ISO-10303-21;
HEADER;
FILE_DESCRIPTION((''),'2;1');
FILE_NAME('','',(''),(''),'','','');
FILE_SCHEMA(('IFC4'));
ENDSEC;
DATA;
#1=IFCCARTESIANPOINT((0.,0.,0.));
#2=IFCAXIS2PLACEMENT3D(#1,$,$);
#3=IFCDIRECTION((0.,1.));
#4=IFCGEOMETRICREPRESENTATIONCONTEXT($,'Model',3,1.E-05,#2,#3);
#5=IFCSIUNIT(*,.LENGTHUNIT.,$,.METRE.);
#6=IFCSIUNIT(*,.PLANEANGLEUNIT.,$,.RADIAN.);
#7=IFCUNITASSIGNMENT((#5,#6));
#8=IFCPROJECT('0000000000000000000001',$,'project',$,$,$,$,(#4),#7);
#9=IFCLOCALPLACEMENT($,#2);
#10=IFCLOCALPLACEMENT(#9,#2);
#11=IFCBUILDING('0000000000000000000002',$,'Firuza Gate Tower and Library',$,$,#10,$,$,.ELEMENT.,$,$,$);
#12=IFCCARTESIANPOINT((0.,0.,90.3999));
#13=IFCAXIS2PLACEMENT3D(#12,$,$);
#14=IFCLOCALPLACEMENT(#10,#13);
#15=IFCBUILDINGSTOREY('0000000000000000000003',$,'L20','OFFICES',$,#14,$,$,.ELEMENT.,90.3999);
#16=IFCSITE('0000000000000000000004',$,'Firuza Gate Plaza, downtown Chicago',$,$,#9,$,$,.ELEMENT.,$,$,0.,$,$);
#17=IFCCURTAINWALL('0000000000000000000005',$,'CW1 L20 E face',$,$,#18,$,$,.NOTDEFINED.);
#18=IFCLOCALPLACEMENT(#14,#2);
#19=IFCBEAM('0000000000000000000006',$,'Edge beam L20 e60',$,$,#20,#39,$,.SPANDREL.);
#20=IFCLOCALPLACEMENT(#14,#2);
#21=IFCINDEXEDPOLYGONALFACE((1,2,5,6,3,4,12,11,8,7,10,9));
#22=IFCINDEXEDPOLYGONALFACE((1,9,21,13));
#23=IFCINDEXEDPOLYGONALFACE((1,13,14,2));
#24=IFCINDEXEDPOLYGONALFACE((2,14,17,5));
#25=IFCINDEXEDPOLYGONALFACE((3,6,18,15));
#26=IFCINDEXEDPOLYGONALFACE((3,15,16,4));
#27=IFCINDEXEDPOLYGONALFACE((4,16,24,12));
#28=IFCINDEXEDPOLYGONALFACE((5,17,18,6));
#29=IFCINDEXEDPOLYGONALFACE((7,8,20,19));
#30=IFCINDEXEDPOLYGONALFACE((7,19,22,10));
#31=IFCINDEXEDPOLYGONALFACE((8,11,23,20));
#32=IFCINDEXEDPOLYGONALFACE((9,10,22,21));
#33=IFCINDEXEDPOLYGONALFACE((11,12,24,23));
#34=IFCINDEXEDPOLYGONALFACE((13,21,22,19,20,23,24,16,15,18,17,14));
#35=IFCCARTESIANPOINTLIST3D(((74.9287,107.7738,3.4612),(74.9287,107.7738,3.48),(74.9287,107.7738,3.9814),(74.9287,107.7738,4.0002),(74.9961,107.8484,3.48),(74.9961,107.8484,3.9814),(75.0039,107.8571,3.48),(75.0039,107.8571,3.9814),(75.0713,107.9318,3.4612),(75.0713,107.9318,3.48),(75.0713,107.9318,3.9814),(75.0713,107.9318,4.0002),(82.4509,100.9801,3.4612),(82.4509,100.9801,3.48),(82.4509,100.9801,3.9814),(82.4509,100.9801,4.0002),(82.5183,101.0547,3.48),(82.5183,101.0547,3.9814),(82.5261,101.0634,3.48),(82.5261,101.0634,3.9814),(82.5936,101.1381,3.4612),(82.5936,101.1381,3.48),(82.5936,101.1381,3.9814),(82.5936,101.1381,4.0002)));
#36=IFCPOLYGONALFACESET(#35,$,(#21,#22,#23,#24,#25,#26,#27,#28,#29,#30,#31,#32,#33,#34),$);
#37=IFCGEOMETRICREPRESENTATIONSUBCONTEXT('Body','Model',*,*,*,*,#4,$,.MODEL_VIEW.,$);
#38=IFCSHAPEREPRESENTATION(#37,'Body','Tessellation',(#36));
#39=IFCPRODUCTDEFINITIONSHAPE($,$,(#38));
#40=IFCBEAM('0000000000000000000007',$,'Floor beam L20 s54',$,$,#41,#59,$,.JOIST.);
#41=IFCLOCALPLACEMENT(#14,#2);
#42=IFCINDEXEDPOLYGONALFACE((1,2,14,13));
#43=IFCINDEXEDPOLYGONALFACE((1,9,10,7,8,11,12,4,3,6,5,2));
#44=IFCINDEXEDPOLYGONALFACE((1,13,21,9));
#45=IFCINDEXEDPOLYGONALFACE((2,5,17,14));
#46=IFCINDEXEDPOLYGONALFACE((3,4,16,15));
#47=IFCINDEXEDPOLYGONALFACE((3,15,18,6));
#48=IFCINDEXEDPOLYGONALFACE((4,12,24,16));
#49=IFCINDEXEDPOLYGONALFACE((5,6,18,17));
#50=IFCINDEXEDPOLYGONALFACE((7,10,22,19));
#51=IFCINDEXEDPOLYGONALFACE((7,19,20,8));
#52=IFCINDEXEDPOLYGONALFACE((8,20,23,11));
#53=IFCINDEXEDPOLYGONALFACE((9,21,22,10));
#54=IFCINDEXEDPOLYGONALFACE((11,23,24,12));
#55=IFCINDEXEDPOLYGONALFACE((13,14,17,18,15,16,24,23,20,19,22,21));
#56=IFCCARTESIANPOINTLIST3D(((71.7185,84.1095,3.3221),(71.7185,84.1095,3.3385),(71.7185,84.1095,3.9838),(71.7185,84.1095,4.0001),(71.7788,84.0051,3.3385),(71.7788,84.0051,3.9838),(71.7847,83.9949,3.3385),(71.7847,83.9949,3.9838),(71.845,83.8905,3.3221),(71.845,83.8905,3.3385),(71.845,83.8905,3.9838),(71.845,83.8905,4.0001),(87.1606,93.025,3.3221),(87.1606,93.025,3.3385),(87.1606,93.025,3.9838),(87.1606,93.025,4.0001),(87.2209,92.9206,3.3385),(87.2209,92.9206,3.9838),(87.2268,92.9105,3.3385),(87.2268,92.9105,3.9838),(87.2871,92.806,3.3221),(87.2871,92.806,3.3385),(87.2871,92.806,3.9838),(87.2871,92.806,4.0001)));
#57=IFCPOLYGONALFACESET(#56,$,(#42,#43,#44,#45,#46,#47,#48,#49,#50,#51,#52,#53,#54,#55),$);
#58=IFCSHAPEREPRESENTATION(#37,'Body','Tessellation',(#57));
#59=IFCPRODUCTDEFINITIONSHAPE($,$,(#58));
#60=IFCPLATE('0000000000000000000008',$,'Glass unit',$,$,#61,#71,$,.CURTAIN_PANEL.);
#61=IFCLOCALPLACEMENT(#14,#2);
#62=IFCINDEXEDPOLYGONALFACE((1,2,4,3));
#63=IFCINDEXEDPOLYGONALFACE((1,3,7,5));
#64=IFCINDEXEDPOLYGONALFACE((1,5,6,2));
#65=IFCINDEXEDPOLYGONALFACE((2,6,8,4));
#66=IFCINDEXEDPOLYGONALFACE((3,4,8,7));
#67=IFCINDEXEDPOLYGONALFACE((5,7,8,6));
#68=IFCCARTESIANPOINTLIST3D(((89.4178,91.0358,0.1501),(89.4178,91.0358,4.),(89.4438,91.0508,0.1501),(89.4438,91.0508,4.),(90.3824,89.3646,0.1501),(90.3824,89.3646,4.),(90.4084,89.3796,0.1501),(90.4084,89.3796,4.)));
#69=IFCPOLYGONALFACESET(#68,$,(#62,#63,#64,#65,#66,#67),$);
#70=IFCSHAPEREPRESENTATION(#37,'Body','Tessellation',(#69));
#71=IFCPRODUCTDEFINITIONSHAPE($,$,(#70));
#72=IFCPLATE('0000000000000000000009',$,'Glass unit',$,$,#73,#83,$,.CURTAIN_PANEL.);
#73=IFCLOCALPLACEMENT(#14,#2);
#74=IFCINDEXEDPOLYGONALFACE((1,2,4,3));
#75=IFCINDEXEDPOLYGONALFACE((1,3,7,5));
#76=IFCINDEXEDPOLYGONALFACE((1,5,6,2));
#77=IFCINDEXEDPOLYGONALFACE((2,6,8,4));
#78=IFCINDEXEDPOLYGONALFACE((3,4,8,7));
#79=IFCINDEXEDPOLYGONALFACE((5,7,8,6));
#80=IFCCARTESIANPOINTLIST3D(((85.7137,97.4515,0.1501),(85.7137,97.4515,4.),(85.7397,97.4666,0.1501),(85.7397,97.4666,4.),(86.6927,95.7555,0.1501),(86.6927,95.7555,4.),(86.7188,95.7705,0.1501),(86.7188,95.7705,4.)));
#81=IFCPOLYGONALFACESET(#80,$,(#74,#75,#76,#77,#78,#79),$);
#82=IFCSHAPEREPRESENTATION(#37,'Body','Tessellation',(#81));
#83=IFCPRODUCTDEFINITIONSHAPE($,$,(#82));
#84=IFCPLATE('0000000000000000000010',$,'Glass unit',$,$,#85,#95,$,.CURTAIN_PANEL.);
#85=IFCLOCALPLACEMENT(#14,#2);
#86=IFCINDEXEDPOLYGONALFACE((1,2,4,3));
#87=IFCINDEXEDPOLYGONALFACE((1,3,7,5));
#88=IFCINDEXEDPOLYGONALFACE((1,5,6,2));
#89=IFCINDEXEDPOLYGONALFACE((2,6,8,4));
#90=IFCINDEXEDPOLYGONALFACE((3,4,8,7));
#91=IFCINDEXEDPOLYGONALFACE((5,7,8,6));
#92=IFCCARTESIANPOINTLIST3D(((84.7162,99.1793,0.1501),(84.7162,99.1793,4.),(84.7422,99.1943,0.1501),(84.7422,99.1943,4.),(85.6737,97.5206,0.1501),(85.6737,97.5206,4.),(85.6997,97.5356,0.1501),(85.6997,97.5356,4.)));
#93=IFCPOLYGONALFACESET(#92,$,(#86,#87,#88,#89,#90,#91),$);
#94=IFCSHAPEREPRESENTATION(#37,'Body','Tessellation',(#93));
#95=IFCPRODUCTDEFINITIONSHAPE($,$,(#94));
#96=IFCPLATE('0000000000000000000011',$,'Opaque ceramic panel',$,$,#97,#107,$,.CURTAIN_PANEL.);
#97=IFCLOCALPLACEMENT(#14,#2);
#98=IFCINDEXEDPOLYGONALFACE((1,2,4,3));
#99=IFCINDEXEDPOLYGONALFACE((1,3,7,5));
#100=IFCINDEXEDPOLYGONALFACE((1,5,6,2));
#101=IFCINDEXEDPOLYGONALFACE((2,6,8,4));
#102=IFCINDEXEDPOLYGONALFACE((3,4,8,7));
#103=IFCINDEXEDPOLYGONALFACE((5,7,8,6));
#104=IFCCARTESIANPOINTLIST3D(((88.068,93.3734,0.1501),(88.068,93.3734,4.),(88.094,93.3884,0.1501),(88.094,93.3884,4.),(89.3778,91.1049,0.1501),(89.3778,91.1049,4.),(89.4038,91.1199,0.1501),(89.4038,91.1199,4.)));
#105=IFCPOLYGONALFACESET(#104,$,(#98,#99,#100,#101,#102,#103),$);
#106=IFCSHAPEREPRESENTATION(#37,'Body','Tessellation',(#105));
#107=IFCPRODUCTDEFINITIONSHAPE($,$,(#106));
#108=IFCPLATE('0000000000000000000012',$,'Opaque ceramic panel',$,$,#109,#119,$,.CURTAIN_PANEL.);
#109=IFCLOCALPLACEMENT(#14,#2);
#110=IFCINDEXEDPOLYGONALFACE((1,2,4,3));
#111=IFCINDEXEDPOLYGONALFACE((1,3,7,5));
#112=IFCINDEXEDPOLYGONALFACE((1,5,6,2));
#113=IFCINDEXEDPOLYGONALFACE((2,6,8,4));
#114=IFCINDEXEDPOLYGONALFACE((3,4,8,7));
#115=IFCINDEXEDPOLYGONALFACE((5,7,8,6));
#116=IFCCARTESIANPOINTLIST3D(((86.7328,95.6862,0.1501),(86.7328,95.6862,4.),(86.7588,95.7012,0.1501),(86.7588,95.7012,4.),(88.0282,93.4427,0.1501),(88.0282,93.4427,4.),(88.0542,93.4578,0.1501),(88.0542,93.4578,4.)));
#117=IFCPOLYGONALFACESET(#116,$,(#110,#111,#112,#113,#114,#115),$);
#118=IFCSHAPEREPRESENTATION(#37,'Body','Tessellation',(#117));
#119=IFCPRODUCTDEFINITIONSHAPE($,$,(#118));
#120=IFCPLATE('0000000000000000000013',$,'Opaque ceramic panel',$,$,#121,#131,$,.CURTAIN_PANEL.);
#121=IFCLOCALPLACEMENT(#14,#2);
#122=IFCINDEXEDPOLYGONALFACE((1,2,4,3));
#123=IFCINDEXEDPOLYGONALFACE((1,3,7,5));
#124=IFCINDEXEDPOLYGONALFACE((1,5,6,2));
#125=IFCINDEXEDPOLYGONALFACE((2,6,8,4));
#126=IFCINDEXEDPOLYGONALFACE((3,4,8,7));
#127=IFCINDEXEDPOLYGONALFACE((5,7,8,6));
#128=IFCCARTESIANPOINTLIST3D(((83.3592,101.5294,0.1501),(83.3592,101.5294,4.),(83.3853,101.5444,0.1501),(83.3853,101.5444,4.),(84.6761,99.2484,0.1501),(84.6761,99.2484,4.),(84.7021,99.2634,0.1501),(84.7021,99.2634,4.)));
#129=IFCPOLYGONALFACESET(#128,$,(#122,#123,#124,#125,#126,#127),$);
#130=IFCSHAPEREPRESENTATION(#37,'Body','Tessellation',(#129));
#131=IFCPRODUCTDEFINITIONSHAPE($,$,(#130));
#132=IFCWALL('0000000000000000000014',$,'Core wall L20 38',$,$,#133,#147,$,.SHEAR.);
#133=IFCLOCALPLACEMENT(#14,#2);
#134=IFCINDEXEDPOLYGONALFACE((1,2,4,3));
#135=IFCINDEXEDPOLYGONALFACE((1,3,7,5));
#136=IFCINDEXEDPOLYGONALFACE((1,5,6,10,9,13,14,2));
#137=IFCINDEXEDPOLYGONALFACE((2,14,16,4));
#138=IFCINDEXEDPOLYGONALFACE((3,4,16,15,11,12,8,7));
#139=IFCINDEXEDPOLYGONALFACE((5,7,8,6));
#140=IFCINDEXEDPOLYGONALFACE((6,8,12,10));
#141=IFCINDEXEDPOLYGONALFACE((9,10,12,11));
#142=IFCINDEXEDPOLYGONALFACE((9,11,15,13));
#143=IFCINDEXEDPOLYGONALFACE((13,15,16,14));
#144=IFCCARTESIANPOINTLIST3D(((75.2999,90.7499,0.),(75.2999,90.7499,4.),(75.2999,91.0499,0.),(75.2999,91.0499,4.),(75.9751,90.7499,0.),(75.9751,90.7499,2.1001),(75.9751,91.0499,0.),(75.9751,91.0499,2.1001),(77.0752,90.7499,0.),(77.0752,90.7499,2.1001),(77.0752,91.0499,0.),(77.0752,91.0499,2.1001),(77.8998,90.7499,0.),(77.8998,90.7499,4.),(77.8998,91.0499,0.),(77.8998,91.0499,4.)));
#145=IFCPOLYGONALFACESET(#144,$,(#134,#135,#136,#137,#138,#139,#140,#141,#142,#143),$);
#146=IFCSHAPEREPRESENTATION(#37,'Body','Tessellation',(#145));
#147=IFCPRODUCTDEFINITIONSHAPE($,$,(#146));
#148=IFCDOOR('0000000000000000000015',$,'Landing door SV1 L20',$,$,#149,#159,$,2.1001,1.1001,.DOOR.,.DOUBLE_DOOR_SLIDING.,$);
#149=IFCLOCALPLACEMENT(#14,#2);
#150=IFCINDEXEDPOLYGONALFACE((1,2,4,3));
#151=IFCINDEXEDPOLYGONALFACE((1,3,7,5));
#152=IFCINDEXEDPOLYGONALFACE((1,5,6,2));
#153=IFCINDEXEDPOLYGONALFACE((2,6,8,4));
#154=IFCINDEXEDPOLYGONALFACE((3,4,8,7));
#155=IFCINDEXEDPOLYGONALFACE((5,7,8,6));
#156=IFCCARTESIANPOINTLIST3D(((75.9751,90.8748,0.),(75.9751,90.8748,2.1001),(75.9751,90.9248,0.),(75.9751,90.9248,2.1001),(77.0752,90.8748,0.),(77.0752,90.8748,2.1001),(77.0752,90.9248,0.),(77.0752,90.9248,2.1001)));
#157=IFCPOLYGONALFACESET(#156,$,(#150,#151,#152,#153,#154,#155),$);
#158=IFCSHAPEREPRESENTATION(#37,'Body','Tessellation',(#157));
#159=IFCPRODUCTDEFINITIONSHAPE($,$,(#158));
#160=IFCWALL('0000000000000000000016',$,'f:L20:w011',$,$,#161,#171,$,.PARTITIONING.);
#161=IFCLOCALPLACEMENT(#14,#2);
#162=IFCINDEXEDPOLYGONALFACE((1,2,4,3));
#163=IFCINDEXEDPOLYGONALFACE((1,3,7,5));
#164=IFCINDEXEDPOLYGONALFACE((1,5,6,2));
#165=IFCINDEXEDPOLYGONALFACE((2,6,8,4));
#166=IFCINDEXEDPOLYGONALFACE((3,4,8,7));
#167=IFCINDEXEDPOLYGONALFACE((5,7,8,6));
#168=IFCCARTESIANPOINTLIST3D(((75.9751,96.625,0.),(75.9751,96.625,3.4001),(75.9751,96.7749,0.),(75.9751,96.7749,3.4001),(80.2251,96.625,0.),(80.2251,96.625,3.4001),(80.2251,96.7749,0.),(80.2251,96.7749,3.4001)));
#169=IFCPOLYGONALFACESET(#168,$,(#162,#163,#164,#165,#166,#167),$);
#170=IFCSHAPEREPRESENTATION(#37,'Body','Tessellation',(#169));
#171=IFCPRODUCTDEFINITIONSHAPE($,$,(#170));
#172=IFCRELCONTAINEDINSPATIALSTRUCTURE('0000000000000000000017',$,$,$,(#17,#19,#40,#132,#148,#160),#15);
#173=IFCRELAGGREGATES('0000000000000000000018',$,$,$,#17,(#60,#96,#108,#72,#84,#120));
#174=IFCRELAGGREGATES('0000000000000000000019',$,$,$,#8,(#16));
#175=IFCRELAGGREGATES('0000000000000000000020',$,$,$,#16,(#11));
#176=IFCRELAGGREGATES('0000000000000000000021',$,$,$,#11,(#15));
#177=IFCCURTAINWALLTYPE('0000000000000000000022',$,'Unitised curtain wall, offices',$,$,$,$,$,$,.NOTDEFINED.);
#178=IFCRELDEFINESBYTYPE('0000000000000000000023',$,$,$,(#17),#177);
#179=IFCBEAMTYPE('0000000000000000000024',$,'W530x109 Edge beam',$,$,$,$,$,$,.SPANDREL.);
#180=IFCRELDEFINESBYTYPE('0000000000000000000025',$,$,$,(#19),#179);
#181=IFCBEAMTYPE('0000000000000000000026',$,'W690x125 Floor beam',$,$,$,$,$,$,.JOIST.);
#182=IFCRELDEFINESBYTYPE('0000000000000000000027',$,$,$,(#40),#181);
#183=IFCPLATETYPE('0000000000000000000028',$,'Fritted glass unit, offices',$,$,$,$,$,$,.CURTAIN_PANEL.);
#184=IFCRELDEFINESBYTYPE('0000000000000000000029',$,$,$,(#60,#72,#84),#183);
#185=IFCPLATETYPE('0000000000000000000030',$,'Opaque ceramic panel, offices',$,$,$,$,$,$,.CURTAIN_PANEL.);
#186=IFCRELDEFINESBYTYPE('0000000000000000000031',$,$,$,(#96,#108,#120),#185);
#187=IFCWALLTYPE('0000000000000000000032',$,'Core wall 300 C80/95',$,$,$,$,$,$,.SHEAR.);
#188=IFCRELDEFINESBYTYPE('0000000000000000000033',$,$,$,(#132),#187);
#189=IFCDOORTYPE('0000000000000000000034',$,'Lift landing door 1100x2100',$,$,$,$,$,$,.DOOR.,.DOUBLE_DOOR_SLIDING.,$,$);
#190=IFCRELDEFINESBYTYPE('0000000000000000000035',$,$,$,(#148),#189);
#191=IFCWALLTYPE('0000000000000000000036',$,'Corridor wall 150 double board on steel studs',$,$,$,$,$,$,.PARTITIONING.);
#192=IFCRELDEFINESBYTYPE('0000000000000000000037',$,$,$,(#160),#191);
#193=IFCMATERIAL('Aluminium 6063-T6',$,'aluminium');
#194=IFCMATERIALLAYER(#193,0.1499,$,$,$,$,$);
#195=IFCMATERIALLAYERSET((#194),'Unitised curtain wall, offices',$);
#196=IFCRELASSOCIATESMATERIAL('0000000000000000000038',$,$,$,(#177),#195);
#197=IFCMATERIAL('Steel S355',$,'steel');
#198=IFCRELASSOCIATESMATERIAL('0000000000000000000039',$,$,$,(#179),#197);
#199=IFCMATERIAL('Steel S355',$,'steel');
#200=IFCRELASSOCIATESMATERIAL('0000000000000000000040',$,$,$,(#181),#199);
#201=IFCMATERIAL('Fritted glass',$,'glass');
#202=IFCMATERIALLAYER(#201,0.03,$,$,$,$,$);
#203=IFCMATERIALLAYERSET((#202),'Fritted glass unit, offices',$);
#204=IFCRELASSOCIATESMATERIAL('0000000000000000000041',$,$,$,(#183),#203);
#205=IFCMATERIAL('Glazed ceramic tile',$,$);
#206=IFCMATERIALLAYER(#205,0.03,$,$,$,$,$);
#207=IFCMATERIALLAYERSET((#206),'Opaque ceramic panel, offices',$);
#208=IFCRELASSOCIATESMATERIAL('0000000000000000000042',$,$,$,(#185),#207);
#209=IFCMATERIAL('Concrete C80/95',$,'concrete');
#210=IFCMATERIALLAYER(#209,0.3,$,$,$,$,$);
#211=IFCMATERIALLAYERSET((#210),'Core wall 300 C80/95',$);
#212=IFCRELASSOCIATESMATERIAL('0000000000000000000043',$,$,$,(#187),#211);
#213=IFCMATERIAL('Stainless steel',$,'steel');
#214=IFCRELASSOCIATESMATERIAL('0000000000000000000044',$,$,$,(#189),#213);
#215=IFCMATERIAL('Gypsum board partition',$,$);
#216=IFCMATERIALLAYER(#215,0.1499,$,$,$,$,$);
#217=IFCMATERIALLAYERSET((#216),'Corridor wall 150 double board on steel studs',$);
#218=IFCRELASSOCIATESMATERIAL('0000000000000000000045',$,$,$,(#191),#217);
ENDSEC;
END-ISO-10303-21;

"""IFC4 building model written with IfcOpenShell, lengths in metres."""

from ifc_helpers import new_model, si_unit, direction, frame, frame_2d, origin, origin_2d, place, context, subcontext, project, spatial, polyline, rectangle, i_section, outline, extrude, material, layer, layer_set, material_profile, profile_set, type_object, element, fill, aggregate, save


model = new_model("IFC4")

# Units and contexts
model_context = context("Model", 3, precision=1e-05, world=origin(), true_north=direction((0.0, 1.0)))
body_context = subcontext(model_context, "Body", "Model", "MODEL_VIEW")
ifc_project = project(units=[si_unit("LENGTHUNIT", "METRE"), si_unit("PLANEANGLEUNIT", "RADIAN")], contexts=[model_context])

# Site, building, storey
site_placement = place(None, origin())
site = spatial("IfcSite", under=ifc_project, at=site_placement, Name="Firuza Gate Plaza, downtown Chicago", CompositionType="ELEMENT", RefElevation=0.0)
building_placement = place(site_placement, origin())
building = spatial("IfcBuilding", under=site, at=building_placement, Name="Firuza Gate Tower and Library", CompositionType="ELEMENT")
storey_placement = place(building_placement, frame((0.0, 0.0, 90.3999)))
storey = spatial("IfcBuildingStorey", under=building, at=storey_placement, Name="L20", Description="OFFICES", CompositionType="ELEMENT", Elevation=90.3999)

# Curtain wall
ifc_material_1 = material(Name="Aluminium 6063-T6", Category="aluminium")
ifc_layer_1 = layer(ifc_material_1, 0.1499)
ifc_layer_set_1 = layer_set([ifc_layer_1], Name="Unitised curtain wall, offices")
curtain_wall_type = type_object("IfcCurtainWallType", Name="Unitised curtain wall, offices", PredefinedType="NOTDEFINED", material=ifc_layer_set_1)
placement = place(storey_placement, origin())
curtain_wall = element("IfcCurtainWall", 1, at=placement, inside=storey, type_object=curtain_wall_type, Name="CW1 L20 E face", PredefinedType="NOTDEFINED")

# Beams
ifc_material_2 = material(Name="Steel S355", Category="steel")
ifc_material_profile_1 = material_profile(ifc_material_2, i_section(OverallWidth=0.2129, OverallDepth=0.5391, WebThickness=0.0117, FlangeThickness=0.0188, at=origin_2d()))
ifc_profile_set_1 = profile_set([ifc_material_profile_1], Name="Steel S355")
beam_type_1 = type_object("IfcBeamType", Name="W530x109 Edge beam", PredefinedType="SPANDREL", material=ifc_profile_set_1)
beam_1_placement = place(storey_placement, frame((82.5222, 101.0591, 3.7307), z_axis=(-0.74213, 0.670256, 0.0), x_axis=(-0.670256, -0.74213, 0.0)))
element("IfcBeam", 2, at=beam_1_placement, inside=storey, type_object=beam_type_1, Name="Edge beam L20 e60", PredefinedType="SPANDREL", context=body_context, shape_type="SweptSolid", body=[
    extrude(i_section(OverallWidth=0.2129, OverallDepth=0.5391, WebThickness=0.0117, FlangeThickness=0.0188, at=origin_2d()), origin(), (0.0, 0.0, 1.0), 10.136),
])
ifc_material_3 = material(Name="Steel S355", Category="steel")
ifc_material_profile_2 = material_profile(ifc_material_3, i_section(OverallWidth=0.2529, OverallDepth=0.678, WebThickness=0.0117, FlangeThickness=0.0164, at=origin_2d()))
ifc_profile_set_2 = profile_set([ifc_material_profile_2], Name="Steel S355")
beam_type_2 = type_object("IfcBeamType", Name="W690x125 Floor beam", PredefinedType="JOIST", material=ifc_profile_set_2)
beam_2_placement = place(storey_placement, frame((87.2239, 92.9155, 3.6611), z_axis=(-0.866025, -0.5, 0.0), x_axis=(0.5, -0.866025, 0.0)))
element("IfcBeam", 3, at=beam_2_placement, inside=storey, type_object=beam_type_2, Name="Floor beam L20 s54", PredefinedType="JOIST", context=body_context, shape_type="SweptSolid", body=[
    extrude(i_section(OverallWidth=0.2529, OverallDepth=0.678, WebThickness=0.0117, FlangeThickness=0.0164, at=origin_2d()), origin(), (0.0, 0.0, 1.0), 17.8311),
])

# Plates
ifc_material_4 = material(Name="Fritted glass", Category="glass")
ifc_layer_2 = layer(ifc_material_4, 0.03)
ifc_layer_set_2 = layer_set([ifc_layer_2], Name="Fritted glass unit, offices")
plate_type_1 = type_object("IfcPlateType", Name="Fritted glass unit, offices", PredefinedType="CURTAIN_PANEL", material=ifc_layer_set_2)
plate_1_placement = place(storey_placement, frame((90.4084, 89.3796, 0.1501), z_axis=(0.866078, 0.499909, 0.0), x_axis=(-0.499909, 0.866078, 0.0)))
plate_1 = element("IfcPlate", 4, at=plate_1_placement, type_object=plate_type_1, Name="Glass unit", PredefinedType="CURTAIN_PANEL", context=body_context, shape_type="SweptSolid", body=[
    extrude(outline(polyline([(0.0, 0.0), (1.9296, 0.0), (1.9296, 3.8499), (0.0, 3.8499), (0.0, 0.0)])), origin(), (0.0, 0.0, -1.0), 0.03),
])
plate_2_placement = place(storey_placement, frame((86.7188, 95.7705, 0.1501), z_axis=(0.866071, 0.49992, 0.0), x_axis=(-0.49992, 0.866071, 0.0)))
plate_2 = element("IfcPlate", 5, at=plate_2_placement, type_object=plate_type_1, Name="Glass unit", PredefinedType="CURTAIN_PANEL", context=body_context, shape_type="SweptSolid", body=[
    extrude(outline(polyline([(0.0, 0.0), (1.9583, 0.0), (1.9583, 3.8499), (0.0, 3.8499), (0.0, 0.0)])), origin(), (0.0, 0.0, -1.0), 0.03),
])
plate_3_placement = place(storey_placement, frame((85.6997, 97.5356, 0.1501), z_axis=(0.866054, 0.499951, 0.0), x_axis=(-0.499951, 0.866054, 0.0)))
plate_3 = element("IfcPlate", 6, at=plate_3_placement, type_object=plate_type_1, Name="Glass unit", PredefinedType="CURTAIN_PANEL", context=body_context, shape_type="SweptSolid", body=[
    extrude(outline(polyline([(0.0, 0.0), (1.9152, 0.0), (1.9152, 3.8499), (0.0, 3.8499), (0.0, 0.0)])), origin(), (0.0, 0.0, -1.0), 0.03),
])
ifc_material_5 = material(Name="Glazed ceramic tile")
ifc_layer_3 = layer(ifc_material_5, 0.03)
ifc_layer_set_3 = layer_set([ifc_layer_3], Name="Opaque ceramic panel, offices")
plate_type_2 = type_object("IfcPlateType", Name="Opaque ceramic panel, offices", PredefinedType="CURTAIN_PANEL", material=ifc_layer_set_3)
plate_4_placement = place(storey_placement, frame((89.4038, 91.1199, 0.1501), z_axis=(0.866015, 0.500018, 0.0), x_axis=(-0.500018, 0.866015, 0.0)))
plate_4 = element("IfcPlate", 7, at=plate_4_placement, type_object=plate_type_2, Name="Opaque ceramic panel", PredefinedType="CURTAIN_PANEL", context=body_context, shape_type="SweptSolid", body=[
    extrude(outline(polyline([(0.0, 0.0), (2.6195, 0.0), (2.6195, 3.8499), (0.0, 3.8499), (0.0, 0.0)])), origin(), (0.0, 0.0, -1.0), 0.03),
])
plate_5_placement = place(storey_placement, frame((88.0542, 93.4578, 0.1501), z_axis=(0.865996, 0.500051, 0.0), x_axis=(-0.500051, 0.865996, 0.0)))
plate_5 = element("IfcPlate", 8, at=plate_5_placement, type_object=plate_type_2, Name="Opaque ceramic panel", PredefinedType="CURTAIN_PANEL", context=body_context, shape_type="SweptSolid", body=[
    extrude(outline(polyline([(0.0, 0.0), (2.5906, 0.0), (2.5906, 3.8499), (0.0, 3.8499), (0.0, 0.0)])), origin(), (0.0, 0.0, -1.0), 0.03),
])
plate_6_placement = place(storey_placement, frame((84.7021, 99.2634, 0.1501), z_axis=(0.866033, 0.499987, 0.0), x_axis=(-0.499987, 0.866033, 0.0)))
plate_6 = element("IfcPlate", 9, at=plate_6_placement, type_object=plate_type_2, Name="Opaque ceramic panel", PredefinedType="CURTAIN_PANEL", context=body_context, shape_type="SweptSolid", body=[
    extrude(outline(polyline([(0.0, 0.0), (2.6339, 0.0), (2.6339, 3.8499), (0.0, 3.8499), (0.0, 0.0)])), origin(), (0.0, 0.0, -1.0), 0.03),
])
aggregate(curtain_wall, [plate_1, plate_4, plate_5, plate_2, plate_3, plate_6])

# Wall, opening, door
ifc_material_6 = material(Name="Concrete C80/95", Category="concrete")
ifc_layer_4 = layer(ifc_material_6, 0.3)
ifc_layer_set_4 = layer_set([ifc_layer_4], Name="Core wall 300 C80/95")
wall_type_1 = type_object("IfcWallType", Name="Core wall 300 C80/95", PredefinedType="SHEAR", material=ifc_layer_set_4)
wall_1_placement = place(storey_placement, frame((75.3, 90.8999, 0.0), z_axis=(0.0, 0.0, 1.0), x_axis=(1.0, 0.0, 0.0)))
wall_1 = element("IfcWall", 10, at=wall_1_placement, inside=storey, type_object=wall_type_1, Name="Core wall L20 38", PredefinedType="SHEAR", context=body_context, shape_type="SweptSolid", body=[
    extrude(rectangle(XDim=2.5999, YDim=0.3, at=frame_2d((1.2998, 0.0))), origin(), (0.0, 0.0, 1.0), 4.0),
])
opening_placement = place(wall_1_placement, frame((0.675, 0.0, 0.0)))
opening = element("IfcOpeningElement", 11, at=opening_placement, cuts=wall_1, PredefinedType="OPENING", context=body_context, shape_type="SweptSolid", body=[
    extrude(rectangle(XDim=1.1001, YDim=2.1001, at=frame_2d((0.55, 1.05))), frame((0.0, 0.1602, 0.0), z_axis=(0.0, -1.0, 0.0), x_axis=(1.0, 0.0, 0.0)), (0.0, 0.0, 1.0), 0.3201),
])
ifc_material_7 = material(Name="Stainless steel", Category="steel")
door_type = type_object("IfcDoorType", Name="Lift landing door 1100x2100", OperationType="DOUBLE_DOOR_SLIDING", PredefinedType="DOOR", material=ifc_material_7)
door_placement = place(opening_placement, origin())
door = element("IfcDoor", 12, at=door_placement, inside=storey, type_object=door_type, Name="Landing door SV1 L20", OperationType="DOUBLE_DOOR_SLIDING", OverallHeight=2.1001, OverallWidth=1.1001, PredefinedType="DOOR", context=body_context, shape_type="SweptSolid", body=[
    extrude(rectangle(XDim=1.1001, YDim=2.1001, at=frame_2d((0.55, 1.05))), frame((0.0, 0.0249, 0.0), z_axis=(0.0, -1.0, 0.0), x_axis=(1.0, 0.0, 0.0)), (0.0, 0.0, 1.0), 0.05),
])
fill(opening, door)

# Wall
ifc_material_8 = material(Name="Gypsum board partition")
ifc_layer_5 = layer(ifc_material_8, 0.1499)
ifc_layer_set_5 = layer_set([ifc_layer_5], Name="Corridor wall 150 double board on steel studs")
wall_type_2 = type_object("IfcWallType", Name="Corridor wall 150 double board on steel studs", PredefinedType="PARTITIONING", material=ifc_layer_set_5)
wall_2_placement = place(storey_placement, frame((75.9751, 96.7, 0.0), z_axis=(0.0, 0.0, 1.0), x_axis=(1.0, 0.0, 0.0)))
element("IfcWall", 13, at=wall_2_placement, inside=storey, type_object=wall_type_2, Name="f:L20:w011", PredefinedType="PARTITIONING", context=body_context, shape_type="SweptSolid", body=[
    extrude(rectangle(XDim=4.25, YDim=0.1499, at=frame_2d((2.125, 0.0))), origin(), (0.0, 0.0, 1.0), 3.4001),
])

save(model, "model.ifc")
